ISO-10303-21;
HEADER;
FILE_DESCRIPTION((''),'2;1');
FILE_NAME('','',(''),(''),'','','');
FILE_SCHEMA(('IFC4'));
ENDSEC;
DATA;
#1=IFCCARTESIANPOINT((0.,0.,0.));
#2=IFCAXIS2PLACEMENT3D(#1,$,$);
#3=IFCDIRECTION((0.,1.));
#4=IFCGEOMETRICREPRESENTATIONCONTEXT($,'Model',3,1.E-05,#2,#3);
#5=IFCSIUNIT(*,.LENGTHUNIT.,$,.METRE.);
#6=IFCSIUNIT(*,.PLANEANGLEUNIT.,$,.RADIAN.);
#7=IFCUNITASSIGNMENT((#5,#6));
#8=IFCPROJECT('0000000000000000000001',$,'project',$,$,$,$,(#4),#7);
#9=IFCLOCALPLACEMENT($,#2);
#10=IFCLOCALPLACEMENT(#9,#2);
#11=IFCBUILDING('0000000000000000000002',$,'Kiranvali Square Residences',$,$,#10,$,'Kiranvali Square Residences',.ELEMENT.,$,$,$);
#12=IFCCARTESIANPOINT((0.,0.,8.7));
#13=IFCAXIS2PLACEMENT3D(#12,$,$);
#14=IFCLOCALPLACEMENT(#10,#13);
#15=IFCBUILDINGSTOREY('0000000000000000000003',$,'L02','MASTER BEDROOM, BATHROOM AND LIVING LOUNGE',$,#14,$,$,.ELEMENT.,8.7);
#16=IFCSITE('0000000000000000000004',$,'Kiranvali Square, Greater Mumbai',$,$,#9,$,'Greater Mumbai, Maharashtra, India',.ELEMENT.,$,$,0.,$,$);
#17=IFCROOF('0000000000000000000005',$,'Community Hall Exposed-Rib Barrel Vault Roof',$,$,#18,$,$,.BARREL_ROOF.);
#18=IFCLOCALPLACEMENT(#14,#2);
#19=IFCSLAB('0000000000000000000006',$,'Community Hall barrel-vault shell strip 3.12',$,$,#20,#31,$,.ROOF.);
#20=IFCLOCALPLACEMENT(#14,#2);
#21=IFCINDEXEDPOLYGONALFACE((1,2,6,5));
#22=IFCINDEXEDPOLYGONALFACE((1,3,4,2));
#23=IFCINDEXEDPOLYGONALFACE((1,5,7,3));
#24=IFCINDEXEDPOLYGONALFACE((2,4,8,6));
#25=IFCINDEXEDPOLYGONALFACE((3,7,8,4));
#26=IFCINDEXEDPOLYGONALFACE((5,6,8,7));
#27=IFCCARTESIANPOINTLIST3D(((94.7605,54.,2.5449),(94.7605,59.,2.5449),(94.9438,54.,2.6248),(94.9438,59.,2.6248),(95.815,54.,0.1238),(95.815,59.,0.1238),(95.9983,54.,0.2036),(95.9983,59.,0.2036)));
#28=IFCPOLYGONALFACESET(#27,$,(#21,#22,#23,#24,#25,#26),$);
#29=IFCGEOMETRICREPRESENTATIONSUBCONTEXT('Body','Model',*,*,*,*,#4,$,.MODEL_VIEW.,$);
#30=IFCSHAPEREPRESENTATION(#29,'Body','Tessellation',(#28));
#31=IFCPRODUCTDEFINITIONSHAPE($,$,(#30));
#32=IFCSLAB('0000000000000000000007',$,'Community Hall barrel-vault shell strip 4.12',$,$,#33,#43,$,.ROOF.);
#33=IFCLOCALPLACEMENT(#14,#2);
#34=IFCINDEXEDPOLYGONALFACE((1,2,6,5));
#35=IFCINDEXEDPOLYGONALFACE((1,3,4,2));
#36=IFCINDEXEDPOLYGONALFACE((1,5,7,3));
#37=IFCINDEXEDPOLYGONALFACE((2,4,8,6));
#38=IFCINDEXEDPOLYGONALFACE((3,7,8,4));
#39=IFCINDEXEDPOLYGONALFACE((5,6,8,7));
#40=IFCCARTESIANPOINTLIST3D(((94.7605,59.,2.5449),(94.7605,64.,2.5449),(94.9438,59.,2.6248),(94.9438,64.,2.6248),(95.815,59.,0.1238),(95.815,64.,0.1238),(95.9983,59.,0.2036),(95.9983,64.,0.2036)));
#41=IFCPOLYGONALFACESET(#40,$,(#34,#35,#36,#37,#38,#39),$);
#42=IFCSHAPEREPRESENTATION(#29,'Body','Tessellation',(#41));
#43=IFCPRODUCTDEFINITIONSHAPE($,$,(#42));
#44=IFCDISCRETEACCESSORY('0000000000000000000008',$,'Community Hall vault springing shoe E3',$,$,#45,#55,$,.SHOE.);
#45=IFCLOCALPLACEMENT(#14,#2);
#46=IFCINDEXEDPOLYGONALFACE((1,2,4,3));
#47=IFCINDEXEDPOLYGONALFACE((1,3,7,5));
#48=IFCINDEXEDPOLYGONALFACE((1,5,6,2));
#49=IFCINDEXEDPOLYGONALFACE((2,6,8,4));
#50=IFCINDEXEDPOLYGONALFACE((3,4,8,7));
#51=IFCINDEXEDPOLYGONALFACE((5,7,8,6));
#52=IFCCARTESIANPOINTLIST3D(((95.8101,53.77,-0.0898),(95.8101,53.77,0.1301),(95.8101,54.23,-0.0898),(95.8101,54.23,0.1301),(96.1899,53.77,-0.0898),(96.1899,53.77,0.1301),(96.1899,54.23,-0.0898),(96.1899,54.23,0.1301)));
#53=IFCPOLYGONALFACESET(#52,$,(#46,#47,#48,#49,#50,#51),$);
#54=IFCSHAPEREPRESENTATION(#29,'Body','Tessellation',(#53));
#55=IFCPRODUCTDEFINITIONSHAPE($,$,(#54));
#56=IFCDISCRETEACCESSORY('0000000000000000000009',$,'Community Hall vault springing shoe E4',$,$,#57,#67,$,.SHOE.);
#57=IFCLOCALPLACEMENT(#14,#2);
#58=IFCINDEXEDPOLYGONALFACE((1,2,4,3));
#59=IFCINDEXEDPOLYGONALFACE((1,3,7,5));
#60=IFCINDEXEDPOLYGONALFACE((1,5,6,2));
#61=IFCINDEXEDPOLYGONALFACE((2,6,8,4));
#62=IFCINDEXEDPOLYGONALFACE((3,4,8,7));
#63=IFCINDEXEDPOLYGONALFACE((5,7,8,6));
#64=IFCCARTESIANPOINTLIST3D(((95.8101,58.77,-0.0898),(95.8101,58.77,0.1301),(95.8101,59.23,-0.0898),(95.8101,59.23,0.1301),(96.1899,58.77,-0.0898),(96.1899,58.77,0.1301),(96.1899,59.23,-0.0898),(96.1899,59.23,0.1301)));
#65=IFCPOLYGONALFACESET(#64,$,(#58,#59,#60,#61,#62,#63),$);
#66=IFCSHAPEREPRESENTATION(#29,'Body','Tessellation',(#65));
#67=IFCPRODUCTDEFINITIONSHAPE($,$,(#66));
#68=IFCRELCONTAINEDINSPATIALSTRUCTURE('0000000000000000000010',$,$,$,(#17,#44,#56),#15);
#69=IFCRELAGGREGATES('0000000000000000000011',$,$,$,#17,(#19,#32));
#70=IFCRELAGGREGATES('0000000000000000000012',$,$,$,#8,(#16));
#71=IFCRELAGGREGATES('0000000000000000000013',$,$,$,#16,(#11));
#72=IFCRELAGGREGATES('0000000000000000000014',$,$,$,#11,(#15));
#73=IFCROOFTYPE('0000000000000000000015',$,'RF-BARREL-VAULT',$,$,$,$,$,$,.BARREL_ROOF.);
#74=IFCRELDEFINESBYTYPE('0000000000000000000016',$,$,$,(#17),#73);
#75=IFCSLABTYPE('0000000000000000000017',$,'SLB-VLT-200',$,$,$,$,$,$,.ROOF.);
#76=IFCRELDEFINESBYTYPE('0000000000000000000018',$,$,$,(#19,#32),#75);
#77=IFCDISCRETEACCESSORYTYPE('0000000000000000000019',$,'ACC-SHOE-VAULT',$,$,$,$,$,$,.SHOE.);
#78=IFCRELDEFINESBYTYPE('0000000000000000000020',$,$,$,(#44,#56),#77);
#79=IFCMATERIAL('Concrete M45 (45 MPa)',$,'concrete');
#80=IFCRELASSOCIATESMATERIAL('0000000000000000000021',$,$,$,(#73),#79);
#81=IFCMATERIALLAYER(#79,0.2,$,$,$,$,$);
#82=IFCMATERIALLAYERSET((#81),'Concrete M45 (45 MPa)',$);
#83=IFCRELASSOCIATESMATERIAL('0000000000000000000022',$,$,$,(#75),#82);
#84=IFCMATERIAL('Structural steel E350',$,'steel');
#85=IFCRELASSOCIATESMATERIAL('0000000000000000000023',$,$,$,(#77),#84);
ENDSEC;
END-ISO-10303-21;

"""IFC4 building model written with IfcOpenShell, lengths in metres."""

from ifc_helpers import new_model, si_unit, direction, frame, origin, origin_2d, place, context, subcontext, project, spatial, polyline, rectangle, outline, extrude, material, layer, layer_set, type_object, element, aggregate, save


model = new_model("IFC4")

# Units and contexts
model_context = context("Model", 3, precision=1e-05, world=origin(), true_north=direction((0.0, 1.0)))
body_context = subcontext(model_context, "Body", "Model", "MODEL_VIEW")
ifc_project = project(units=[si_unit("LENGTHUNIT", "METRE"), si_unit("PLANEANGLEUNIT", "RADIAN")], contexts=[model_context])

# Site, building, storey
site_placement = place(None, origin())
site = spatial("IfcSite", under=ifc_project, at=site_placement, Name="Kiranvali Square, Greater Mumbai", LongName="Greater Mumbai, Maharashtra, India", CompositionType="ELEMENT", RefElevation=0.0)
building_placement = place(site_placement, origin())
building = spatial("IfcBuilding", under=site, at=building_placement, Name="Kiranvali Square Residences", LongName="Kiranvali Square Residences", CompositionType="ELEMENT")
storey_placement = place(building_placement, frame((0.0, 0.0, 8.7)))
storey = spatial("IfcBuildingStorey", under=building, at=storey_placement, Name="L02", Description="MASTER BEDROOM, BATHROOM AND LIVING LOUNGE", CompositionType="ELEMENT", Elevation=8.7)

# Shared definitions
ifc_material_1 = material(Name="Structural steel E350", Category="steel")

# Roof, slabs
ifc_material_2 = material(Name="Concrete M45 (45 MPa)", Category="concrete")
roof_type = type_object("IfcRoofType", Name="RF-BARREL-VAULT", PredefinedType="BARREL_ROOF", material=ifc_material_2)
roof_placement = place(storey_placement, origin())
roof = element("IfcRoof", 1, at=roof_placement, inside=storey, type_object=roof_type, Name="Community Hall Exposed-Rib Barrel Vault Roof", PredefinedType="BARREL_ROOF")
ifc_layer_1 = layer(ifc_material_2, 0.2)
ifc_layer_set_1 = layer_set([ifc_layer_1], Name="Concrete M45 (45 MPa)")
slab_type = type_object("IfcSlabType", Name="SLB-VLT-200", PredefinedType="ROOF", material=ifc_layer_set_1)
slab_1_placement = place(storey_placement, frame((94.9438, 54.0, 2.6248), z_axis=(0.916824, 0.0, 0.399291), x_axis=(0.399291, 0.0, -0.916824)))
slab_1 = element("IfcSlab", 2, at=slab_1_placement, type_object=slab_type, Name="Community Hall barrel-vault shell strip 3.12", PredefinedType="ROOF", context=body_context, shape_type="SweptSolid", body=[
    extrude(outline(polyline([(0.0, 0.0), (2.6408, 0.0), (2.6408, 5.0), (0.0, 5.0), (0.0, 0.0)])), origin(), (0.0, 0.0, -1.0), 0.2),
])
slab_2_placement = place(storey_placement, frame((94.9438, 59.0, 2.6248), z_axis=(0.916824, 0.0, 0.399291), x_axis=(0.399291, 0.0, -0.916824)))
slab_2 = element("IfcSlab", 3, at=slab_2_placement, type_object=slab_type, Name="Community Hall barrel-vault shell strip 4.12", PredefinedType="ROOF", context=body_context, shape_type="SweptSolid", body=[
    extrude(outline(polyline([(0.0, 0.0), (2.6408, 0.0), (2.6408, 5.0), (0.0, 5.0), (0.0, 0.0)])), origin(), (0.0, 0.0, -1.0), 0.2),
])
aggregate(roof, [slab_1, slab_2])

# Discrete accessories
discrete_accessory_type = type_object("IfcDiscreteAccessoryType", Name="ACC-SHOE-VAULT", PredefinedType="SHOE", material=ifc_material_1)
for number, where, z_axis, x_axis, name in (
    (4, (96.0, 54.0, -0.0898), (0.0, 0.0, 1.0), (1.0, 0.0, 0.0), "Community Hall vault springing shoe E3"),
    (5, (96.0, 59.0, -0.0898), (0.0, 0.0, 1.0), (1.0, 0.0, 0.0), "Community Hall vault springing shoe E4"),
):
    element("IfcDiscreteAccessory", number, at=place(storey_placement, frame(where, z_axis=z_axis, x_axis=x_axis)), inside=storey, type_object=discrete_accessory_type, Name=name, PredefinedType="SHOE", context=body_context, shape_type="SweptSolid", body=[
        extrude(rectangle(XDim=0.3799, YDim=0.46, at=origin_2d()), origin(), (0.0, 0.0, 1.0), 0.22),
    ])

save(model, "model.ifc")
